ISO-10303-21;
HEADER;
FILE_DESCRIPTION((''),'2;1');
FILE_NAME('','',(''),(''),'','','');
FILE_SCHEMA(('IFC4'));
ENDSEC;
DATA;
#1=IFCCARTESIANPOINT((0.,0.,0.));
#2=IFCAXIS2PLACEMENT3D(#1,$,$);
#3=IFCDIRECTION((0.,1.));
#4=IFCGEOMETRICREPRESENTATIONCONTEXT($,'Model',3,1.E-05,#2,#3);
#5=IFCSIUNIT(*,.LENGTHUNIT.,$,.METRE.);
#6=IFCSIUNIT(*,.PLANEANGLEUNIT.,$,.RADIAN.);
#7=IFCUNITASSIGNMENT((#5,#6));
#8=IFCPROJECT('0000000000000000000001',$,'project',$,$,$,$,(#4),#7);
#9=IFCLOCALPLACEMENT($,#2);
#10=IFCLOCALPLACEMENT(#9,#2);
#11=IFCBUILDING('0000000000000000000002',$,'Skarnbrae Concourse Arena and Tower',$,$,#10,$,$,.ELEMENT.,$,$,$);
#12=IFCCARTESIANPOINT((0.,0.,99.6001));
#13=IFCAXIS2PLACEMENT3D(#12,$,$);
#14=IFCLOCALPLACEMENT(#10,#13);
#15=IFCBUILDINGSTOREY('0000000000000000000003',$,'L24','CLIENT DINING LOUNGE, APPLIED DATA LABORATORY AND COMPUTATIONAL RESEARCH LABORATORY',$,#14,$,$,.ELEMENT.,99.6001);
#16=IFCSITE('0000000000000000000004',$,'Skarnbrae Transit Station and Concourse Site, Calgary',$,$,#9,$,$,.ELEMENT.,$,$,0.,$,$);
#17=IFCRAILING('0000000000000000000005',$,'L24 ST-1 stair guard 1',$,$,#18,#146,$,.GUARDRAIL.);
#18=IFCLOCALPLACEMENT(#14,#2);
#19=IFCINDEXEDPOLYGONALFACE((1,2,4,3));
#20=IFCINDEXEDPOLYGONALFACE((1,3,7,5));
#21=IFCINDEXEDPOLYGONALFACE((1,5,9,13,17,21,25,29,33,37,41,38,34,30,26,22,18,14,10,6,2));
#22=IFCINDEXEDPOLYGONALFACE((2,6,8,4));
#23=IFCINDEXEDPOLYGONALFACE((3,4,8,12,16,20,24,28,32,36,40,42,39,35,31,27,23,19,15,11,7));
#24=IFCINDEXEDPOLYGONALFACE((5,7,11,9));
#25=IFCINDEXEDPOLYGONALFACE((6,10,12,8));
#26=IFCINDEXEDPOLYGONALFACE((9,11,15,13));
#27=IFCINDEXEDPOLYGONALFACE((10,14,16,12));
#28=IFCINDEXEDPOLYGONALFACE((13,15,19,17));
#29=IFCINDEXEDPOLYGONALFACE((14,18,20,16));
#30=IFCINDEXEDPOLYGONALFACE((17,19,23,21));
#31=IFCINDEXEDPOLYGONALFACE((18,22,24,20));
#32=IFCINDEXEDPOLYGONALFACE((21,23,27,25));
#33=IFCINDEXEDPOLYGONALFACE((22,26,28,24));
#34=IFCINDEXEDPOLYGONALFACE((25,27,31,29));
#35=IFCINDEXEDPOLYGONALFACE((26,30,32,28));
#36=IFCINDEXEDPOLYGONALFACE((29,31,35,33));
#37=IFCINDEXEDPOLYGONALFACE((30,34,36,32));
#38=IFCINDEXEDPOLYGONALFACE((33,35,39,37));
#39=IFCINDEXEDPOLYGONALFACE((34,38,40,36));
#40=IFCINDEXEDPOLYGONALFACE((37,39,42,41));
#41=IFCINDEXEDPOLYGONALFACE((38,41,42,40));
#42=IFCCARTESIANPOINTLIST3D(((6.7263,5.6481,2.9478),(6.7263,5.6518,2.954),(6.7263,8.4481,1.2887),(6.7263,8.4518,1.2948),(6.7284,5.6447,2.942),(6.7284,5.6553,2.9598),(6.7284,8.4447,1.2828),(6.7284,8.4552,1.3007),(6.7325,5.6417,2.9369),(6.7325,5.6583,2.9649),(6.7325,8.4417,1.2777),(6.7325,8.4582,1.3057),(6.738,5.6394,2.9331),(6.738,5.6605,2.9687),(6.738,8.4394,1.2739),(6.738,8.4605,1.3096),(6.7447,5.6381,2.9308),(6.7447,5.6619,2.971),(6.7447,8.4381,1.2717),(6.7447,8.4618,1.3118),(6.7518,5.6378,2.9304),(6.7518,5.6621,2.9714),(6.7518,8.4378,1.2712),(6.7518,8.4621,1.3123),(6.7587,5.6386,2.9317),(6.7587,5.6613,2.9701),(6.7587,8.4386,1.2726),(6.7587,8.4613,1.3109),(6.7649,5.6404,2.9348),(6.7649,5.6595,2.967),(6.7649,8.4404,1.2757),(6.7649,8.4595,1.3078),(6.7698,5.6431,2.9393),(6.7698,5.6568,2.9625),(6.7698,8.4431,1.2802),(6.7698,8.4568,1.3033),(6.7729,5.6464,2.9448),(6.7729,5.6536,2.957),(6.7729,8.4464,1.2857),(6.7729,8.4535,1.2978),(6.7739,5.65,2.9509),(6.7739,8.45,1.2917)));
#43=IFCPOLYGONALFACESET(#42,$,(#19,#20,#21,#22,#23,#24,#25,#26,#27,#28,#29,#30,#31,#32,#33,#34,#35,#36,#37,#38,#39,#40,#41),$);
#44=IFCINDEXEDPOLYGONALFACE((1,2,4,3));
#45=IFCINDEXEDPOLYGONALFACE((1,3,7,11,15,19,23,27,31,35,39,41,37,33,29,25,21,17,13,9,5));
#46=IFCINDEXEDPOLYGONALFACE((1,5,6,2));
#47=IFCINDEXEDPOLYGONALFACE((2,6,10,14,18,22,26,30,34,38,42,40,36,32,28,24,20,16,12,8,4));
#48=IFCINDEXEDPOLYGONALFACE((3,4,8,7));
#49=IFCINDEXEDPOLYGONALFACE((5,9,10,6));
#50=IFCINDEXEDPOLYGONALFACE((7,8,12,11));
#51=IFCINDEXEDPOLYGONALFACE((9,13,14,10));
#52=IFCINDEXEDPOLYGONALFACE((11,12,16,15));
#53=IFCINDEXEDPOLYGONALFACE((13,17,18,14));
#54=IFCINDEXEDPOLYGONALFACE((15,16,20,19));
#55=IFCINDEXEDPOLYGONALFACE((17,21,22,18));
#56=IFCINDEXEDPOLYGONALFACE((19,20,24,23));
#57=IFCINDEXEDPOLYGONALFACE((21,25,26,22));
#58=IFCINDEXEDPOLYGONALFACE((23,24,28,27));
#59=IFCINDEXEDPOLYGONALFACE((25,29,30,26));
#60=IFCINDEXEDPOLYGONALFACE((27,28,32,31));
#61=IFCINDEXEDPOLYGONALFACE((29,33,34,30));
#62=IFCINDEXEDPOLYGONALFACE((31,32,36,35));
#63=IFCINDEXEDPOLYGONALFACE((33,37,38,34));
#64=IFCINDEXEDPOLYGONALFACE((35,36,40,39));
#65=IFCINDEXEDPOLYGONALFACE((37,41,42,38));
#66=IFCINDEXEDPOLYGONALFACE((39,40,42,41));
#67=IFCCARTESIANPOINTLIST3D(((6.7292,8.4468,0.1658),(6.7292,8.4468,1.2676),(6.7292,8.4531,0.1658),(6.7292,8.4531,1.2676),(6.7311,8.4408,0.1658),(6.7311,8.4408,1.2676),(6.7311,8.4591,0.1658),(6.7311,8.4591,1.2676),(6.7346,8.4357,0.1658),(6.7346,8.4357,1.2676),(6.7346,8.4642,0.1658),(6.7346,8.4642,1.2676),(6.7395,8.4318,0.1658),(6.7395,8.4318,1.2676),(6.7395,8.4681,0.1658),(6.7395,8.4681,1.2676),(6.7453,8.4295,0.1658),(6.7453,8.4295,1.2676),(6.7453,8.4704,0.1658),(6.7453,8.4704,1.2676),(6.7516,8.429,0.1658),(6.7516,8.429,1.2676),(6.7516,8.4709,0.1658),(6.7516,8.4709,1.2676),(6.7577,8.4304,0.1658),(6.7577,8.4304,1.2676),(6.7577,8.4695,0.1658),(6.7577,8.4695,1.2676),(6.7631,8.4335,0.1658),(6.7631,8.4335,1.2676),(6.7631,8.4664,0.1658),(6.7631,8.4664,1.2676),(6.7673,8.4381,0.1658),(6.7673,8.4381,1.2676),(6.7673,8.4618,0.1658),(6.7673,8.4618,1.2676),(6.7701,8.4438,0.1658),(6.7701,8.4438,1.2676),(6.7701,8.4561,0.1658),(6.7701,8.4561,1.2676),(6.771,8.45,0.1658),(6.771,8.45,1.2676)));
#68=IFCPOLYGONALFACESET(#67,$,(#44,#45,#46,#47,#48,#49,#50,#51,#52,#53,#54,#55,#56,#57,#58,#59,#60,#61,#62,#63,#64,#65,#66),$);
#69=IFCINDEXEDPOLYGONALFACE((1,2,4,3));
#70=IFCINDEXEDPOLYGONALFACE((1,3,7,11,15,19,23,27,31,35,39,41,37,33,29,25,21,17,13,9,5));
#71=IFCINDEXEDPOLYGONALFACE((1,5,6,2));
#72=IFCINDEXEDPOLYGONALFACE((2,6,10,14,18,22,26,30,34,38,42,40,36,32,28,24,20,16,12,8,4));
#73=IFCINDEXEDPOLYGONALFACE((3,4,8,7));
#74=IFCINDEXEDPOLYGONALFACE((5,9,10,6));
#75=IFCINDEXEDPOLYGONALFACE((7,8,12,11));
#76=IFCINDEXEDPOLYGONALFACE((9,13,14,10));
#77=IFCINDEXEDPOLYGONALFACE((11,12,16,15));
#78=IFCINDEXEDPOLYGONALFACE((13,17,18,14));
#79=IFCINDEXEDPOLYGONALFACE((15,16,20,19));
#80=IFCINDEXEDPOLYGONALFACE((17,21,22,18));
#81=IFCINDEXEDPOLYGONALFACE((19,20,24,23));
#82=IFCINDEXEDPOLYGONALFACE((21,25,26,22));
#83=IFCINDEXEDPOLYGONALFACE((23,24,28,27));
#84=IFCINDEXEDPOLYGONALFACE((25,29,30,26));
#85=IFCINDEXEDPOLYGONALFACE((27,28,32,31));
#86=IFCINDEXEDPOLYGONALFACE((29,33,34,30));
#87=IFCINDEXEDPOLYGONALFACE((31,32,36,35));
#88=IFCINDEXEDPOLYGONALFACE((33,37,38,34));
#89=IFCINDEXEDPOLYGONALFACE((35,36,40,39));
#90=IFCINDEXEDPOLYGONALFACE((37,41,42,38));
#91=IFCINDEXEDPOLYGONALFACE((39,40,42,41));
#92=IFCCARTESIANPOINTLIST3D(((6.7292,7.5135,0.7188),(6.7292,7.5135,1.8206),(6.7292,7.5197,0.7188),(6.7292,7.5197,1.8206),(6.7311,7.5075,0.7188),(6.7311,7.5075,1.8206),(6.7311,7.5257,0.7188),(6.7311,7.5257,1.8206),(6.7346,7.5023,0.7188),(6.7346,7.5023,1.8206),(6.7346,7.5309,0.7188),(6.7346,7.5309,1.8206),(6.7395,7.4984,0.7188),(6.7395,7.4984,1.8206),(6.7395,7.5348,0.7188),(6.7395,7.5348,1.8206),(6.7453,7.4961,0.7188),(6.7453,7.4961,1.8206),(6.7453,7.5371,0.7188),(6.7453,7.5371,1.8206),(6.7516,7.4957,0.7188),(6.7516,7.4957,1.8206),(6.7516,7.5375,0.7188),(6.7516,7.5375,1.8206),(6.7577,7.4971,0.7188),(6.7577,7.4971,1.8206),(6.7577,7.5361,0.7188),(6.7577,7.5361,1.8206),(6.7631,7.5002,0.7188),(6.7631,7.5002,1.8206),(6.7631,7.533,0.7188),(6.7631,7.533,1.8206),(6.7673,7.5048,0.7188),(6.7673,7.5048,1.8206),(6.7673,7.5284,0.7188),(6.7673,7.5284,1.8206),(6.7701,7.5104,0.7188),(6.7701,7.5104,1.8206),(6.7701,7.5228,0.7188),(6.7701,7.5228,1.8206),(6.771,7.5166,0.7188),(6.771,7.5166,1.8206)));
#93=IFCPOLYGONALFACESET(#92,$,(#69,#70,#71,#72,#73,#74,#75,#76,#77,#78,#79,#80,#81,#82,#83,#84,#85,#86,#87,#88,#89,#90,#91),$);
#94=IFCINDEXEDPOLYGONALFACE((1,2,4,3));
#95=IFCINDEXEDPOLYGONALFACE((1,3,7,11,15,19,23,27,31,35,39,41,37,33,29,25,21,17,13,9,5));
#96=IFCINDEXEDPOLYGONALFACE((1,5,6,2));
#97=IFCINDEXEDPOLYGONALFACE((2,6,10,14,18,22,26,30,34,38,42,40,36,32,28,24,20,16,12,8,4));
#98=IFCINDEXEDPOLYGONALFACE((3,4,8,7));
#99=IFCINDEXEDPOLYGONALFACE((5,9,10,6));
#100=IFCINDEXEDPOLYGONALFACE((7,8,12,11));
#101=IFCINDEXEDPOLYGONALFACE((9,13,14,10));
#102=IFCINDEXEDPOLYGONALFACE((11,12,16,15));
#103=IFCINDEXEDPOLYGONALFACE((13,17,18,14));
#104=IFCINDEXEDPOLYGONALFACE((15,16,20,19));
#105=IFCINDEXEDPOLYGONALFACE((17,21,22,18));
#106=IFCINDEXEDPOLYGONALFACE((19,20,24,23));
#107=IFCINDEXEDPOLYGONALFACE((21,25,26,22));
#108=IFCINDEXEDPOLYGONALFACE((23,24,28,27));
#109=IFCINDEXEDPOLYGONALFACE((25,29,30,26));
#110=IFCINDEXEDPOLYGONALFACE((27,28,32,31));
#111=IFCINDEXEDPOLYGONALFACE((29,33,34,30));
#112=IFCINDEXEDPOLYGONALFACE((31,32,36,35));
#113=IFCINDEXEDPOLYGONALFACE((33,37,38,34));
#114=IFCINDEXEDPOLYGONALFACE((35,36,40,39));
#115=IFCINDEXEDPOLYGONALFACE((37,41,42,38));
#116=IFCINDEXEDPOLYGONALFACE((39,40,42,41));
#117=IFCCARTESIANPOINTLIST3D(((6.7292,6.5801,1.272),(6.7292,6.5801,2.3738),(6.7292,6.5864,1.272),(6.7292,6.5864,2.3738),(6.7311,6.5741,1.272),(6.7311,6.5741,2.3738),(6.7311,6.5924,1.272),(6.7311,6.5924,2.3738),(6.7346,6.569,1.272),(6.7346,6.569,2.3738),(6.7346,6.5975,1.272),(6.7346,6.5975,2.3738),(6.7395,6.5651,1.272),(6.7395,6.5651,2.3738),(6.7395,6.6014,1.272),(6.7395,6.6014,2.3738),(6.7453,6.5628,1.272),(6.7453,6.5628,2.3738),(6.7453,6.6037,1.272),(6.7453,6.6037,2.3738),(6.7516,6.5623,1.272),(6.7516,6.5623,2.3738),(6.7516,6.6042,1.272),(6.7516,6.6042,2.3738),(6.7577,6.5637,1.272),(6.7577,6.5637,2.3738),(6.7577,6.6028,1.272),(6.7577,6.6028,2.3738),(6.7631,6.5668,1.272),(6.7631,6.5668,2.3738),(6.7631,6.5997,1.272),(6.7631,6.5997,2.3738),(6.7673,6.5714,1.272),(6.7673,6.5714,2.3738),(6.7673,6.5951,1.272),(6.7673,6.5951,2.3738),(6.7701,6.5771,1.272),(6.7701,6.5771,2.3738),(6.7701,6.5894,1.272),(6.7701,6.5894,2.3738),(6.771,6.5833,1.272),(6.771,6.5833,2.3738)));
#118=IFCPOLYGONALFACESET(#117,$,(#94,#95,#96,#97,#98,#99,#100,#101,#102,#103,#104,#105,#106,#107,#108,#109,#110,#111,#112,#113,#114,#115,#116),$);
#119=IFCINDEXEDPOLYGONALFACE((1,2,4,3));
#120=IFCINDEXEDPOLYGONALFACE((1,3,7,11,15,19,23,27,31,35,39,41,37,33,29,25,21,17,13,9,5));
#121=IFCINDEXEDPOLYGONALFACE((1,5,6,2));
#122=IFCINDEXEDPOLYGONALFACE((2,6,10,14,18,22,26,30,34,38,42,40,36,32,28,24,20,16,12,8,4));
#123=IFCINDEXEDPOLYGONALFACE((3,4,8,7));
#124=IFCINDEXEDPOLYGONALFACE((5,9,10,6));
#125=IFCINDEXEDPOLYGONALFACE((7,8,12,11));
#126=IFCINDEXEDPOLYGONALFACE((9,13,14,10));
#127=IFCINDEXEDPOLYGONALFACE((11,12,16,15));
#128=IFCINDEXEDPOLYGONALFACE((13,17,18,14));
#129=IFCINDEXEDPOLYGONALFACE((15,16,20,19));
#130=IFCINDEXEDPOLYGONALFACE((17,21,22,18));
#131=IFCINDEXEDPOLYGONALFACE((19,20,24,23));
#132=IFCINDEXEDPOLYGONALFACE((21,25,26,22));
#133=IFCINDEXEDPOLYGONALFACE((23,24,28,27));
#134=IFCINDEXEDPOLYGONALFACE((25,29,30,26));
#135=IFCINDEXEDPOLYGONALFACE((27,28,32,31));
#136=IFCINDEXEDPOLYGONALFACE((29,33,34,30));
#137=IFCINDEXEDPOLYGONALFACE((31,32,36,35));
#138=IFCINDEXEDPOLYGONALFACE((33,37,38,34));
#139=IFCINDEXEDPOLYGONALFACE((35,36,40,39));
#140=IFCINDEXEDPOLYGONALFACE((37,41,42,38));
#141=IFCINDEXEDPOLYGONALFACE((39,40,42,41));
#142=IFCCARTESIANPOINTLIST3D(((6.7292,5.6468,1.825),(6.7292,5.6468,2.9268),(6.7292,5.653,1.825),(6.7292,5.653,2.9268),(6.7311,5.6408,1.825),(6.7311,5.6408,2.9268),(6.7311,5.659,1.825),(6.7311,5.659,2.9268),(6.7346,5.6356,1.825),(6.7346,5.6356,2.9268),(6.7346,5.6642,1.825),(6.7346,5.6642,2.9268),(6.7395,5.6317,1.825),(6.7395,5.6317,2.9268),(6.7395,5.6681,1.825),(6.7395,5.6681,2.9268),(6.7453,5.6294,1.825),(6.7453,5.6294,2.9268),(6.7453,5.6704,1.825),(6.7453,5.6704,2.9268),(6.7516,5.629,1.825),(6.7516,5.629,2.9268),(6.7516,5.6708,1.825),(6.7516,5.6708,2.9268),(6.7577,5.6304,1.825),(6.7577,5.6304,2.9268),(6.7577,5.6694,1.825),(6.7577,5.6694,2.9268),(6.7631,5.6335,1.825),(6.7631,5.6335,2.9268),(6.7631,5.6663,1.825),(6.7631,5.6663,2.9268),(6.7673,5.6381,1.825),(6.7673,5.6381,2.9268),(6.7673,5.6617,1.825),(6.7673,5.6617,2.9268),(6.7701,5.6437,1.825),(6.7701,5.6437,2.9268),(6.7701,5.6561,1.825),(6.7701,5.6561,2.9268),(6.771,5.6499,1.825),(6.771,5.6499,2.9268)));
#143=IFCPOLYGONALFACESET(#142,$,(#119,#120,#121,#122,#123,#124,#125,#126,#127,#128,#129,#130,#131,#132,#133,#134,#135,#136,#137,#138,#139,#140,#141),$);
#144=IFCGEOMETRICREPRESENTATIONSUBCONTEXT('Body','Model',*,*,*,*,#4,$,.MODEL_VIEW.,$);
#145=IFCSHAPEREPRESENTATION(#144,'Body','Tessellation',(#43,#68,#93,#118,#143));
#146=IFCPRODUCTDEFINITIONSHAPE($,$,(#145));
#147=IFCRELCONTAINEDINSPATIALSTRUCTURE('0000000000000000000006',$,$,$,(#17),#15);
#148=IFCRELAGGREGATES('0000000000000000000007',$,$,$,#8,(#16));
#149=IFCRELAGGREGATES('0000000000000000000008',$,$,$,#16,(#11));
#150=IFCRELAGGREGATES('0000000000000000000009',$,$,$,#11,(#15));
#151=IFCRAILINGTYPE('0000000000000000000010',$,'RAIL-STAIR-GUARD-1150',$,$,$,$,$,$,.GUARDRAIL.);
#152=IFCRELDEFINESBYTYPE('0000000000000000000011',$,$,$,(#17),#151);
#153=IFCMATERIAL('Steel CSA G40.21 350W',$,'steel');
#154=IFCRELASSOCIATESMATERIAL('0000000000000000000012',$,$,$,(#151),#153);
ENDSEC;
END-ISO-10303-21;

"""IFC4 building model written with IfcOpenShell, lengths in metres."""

from ifc_helpers import new_model, si_unit, direction, frame, origin, origin_2d, place, context, subcontext, project, spatial, circle, extrude, material, type_object, element, save


model = new_model("IFC4")

# Units and contexts
model_context = context("Model", 3, precision=1e-05, world=origin(), true_north=direction((0.0, 1.0)))
body_context = subcontext(model_context, "Body", "Model", "MODEL_VIEW")
ifc_project = project(units=[si_unit("LENGTHUNIT", "METRE"), si_unit("PLANEANGLEUNIT", "RADIAN")], contexts=[model_context])

# Site, building, storey
site_placement = place(None, origin())
site = spatial("IfcSite", under=ifc_project, at=site_placement, Name="Skarnbrae Transit Station and Concourse Site, Calgary", CompositionType="ELEMENT", RefElevation=0.0)
building_placement = place(site_placement, origin())
building = spatial("IfcBuilding", under=site, at=building_placement, Name="Skarnbrae Concourse Arena and Tower", CompositionType="ELEMENT")
storey_placement = place(building_placement, frame((0.0, 0.0, 99.6001)))
storey = spatial("IfcBuildingStorey", under=building, at=storey_placement, Name="L24", Description="CLIENT DINING LOUNGE, APPLIED DATA LABORATORY AND COMPUTATIONAL RESEARCH LABORATORY", CompositionType="ELEMENT", Elevation=99.6001)

# Shared definitions
ifc_material_1 = material(Name="Steel CSA G40.21 350W", Category="steel")

# Railing
railing_type_1 = type_object("IfcRailingType", Name="RAIL-STAIR-GUARD-1150", PredefinedType="GUARDRAIL", material=ifc_material_1)
railing_1_placement = place(storey_placement, frame((6.75, 8.45, 0.1658)))
element("IfcRailing", 1, at=railing_1_placement, inside=storey, type_object=railing_type_1, Name="L24 ST-1 stair guard 1", PredefinedType="GUARDRAIL", context=body_context, shape_type="SweptSolid", body=[
    extrude(circle(Radius=0.0239, at=origin_2d()), frame((0.0, 0.0, 1.126), z_axis=(0.0, -0.860306, 0.509778), x_axis=(1.0, 0.0, 0.0)), (0.0, 0.0, 1.0), 3.2546),
    extrude(circle(Radius=0.021, at=origin_2d()), origin(), (0.0, 0.0, 1.0), 1.1018),
    extrude(circle(Radius=0.021, at=origin_2d()), frame((0.0, -0.9333, 0.553)), (0.0, 0.0, 1.0), 1.1018),
    extrude(circle(Radius=0.021, at=origin_2d()), frame((0.0, -1.8667, 1.1062)), (0.0, 0.0, 1.0), 1.1018),
    extrude(circle(Radius=0.021, at=origin_2d()), frame((0.0, -2.8, 1.6592)), (0.0, 0.0, 1.0), 1.1018),
])

save(model, "model.ifc")
